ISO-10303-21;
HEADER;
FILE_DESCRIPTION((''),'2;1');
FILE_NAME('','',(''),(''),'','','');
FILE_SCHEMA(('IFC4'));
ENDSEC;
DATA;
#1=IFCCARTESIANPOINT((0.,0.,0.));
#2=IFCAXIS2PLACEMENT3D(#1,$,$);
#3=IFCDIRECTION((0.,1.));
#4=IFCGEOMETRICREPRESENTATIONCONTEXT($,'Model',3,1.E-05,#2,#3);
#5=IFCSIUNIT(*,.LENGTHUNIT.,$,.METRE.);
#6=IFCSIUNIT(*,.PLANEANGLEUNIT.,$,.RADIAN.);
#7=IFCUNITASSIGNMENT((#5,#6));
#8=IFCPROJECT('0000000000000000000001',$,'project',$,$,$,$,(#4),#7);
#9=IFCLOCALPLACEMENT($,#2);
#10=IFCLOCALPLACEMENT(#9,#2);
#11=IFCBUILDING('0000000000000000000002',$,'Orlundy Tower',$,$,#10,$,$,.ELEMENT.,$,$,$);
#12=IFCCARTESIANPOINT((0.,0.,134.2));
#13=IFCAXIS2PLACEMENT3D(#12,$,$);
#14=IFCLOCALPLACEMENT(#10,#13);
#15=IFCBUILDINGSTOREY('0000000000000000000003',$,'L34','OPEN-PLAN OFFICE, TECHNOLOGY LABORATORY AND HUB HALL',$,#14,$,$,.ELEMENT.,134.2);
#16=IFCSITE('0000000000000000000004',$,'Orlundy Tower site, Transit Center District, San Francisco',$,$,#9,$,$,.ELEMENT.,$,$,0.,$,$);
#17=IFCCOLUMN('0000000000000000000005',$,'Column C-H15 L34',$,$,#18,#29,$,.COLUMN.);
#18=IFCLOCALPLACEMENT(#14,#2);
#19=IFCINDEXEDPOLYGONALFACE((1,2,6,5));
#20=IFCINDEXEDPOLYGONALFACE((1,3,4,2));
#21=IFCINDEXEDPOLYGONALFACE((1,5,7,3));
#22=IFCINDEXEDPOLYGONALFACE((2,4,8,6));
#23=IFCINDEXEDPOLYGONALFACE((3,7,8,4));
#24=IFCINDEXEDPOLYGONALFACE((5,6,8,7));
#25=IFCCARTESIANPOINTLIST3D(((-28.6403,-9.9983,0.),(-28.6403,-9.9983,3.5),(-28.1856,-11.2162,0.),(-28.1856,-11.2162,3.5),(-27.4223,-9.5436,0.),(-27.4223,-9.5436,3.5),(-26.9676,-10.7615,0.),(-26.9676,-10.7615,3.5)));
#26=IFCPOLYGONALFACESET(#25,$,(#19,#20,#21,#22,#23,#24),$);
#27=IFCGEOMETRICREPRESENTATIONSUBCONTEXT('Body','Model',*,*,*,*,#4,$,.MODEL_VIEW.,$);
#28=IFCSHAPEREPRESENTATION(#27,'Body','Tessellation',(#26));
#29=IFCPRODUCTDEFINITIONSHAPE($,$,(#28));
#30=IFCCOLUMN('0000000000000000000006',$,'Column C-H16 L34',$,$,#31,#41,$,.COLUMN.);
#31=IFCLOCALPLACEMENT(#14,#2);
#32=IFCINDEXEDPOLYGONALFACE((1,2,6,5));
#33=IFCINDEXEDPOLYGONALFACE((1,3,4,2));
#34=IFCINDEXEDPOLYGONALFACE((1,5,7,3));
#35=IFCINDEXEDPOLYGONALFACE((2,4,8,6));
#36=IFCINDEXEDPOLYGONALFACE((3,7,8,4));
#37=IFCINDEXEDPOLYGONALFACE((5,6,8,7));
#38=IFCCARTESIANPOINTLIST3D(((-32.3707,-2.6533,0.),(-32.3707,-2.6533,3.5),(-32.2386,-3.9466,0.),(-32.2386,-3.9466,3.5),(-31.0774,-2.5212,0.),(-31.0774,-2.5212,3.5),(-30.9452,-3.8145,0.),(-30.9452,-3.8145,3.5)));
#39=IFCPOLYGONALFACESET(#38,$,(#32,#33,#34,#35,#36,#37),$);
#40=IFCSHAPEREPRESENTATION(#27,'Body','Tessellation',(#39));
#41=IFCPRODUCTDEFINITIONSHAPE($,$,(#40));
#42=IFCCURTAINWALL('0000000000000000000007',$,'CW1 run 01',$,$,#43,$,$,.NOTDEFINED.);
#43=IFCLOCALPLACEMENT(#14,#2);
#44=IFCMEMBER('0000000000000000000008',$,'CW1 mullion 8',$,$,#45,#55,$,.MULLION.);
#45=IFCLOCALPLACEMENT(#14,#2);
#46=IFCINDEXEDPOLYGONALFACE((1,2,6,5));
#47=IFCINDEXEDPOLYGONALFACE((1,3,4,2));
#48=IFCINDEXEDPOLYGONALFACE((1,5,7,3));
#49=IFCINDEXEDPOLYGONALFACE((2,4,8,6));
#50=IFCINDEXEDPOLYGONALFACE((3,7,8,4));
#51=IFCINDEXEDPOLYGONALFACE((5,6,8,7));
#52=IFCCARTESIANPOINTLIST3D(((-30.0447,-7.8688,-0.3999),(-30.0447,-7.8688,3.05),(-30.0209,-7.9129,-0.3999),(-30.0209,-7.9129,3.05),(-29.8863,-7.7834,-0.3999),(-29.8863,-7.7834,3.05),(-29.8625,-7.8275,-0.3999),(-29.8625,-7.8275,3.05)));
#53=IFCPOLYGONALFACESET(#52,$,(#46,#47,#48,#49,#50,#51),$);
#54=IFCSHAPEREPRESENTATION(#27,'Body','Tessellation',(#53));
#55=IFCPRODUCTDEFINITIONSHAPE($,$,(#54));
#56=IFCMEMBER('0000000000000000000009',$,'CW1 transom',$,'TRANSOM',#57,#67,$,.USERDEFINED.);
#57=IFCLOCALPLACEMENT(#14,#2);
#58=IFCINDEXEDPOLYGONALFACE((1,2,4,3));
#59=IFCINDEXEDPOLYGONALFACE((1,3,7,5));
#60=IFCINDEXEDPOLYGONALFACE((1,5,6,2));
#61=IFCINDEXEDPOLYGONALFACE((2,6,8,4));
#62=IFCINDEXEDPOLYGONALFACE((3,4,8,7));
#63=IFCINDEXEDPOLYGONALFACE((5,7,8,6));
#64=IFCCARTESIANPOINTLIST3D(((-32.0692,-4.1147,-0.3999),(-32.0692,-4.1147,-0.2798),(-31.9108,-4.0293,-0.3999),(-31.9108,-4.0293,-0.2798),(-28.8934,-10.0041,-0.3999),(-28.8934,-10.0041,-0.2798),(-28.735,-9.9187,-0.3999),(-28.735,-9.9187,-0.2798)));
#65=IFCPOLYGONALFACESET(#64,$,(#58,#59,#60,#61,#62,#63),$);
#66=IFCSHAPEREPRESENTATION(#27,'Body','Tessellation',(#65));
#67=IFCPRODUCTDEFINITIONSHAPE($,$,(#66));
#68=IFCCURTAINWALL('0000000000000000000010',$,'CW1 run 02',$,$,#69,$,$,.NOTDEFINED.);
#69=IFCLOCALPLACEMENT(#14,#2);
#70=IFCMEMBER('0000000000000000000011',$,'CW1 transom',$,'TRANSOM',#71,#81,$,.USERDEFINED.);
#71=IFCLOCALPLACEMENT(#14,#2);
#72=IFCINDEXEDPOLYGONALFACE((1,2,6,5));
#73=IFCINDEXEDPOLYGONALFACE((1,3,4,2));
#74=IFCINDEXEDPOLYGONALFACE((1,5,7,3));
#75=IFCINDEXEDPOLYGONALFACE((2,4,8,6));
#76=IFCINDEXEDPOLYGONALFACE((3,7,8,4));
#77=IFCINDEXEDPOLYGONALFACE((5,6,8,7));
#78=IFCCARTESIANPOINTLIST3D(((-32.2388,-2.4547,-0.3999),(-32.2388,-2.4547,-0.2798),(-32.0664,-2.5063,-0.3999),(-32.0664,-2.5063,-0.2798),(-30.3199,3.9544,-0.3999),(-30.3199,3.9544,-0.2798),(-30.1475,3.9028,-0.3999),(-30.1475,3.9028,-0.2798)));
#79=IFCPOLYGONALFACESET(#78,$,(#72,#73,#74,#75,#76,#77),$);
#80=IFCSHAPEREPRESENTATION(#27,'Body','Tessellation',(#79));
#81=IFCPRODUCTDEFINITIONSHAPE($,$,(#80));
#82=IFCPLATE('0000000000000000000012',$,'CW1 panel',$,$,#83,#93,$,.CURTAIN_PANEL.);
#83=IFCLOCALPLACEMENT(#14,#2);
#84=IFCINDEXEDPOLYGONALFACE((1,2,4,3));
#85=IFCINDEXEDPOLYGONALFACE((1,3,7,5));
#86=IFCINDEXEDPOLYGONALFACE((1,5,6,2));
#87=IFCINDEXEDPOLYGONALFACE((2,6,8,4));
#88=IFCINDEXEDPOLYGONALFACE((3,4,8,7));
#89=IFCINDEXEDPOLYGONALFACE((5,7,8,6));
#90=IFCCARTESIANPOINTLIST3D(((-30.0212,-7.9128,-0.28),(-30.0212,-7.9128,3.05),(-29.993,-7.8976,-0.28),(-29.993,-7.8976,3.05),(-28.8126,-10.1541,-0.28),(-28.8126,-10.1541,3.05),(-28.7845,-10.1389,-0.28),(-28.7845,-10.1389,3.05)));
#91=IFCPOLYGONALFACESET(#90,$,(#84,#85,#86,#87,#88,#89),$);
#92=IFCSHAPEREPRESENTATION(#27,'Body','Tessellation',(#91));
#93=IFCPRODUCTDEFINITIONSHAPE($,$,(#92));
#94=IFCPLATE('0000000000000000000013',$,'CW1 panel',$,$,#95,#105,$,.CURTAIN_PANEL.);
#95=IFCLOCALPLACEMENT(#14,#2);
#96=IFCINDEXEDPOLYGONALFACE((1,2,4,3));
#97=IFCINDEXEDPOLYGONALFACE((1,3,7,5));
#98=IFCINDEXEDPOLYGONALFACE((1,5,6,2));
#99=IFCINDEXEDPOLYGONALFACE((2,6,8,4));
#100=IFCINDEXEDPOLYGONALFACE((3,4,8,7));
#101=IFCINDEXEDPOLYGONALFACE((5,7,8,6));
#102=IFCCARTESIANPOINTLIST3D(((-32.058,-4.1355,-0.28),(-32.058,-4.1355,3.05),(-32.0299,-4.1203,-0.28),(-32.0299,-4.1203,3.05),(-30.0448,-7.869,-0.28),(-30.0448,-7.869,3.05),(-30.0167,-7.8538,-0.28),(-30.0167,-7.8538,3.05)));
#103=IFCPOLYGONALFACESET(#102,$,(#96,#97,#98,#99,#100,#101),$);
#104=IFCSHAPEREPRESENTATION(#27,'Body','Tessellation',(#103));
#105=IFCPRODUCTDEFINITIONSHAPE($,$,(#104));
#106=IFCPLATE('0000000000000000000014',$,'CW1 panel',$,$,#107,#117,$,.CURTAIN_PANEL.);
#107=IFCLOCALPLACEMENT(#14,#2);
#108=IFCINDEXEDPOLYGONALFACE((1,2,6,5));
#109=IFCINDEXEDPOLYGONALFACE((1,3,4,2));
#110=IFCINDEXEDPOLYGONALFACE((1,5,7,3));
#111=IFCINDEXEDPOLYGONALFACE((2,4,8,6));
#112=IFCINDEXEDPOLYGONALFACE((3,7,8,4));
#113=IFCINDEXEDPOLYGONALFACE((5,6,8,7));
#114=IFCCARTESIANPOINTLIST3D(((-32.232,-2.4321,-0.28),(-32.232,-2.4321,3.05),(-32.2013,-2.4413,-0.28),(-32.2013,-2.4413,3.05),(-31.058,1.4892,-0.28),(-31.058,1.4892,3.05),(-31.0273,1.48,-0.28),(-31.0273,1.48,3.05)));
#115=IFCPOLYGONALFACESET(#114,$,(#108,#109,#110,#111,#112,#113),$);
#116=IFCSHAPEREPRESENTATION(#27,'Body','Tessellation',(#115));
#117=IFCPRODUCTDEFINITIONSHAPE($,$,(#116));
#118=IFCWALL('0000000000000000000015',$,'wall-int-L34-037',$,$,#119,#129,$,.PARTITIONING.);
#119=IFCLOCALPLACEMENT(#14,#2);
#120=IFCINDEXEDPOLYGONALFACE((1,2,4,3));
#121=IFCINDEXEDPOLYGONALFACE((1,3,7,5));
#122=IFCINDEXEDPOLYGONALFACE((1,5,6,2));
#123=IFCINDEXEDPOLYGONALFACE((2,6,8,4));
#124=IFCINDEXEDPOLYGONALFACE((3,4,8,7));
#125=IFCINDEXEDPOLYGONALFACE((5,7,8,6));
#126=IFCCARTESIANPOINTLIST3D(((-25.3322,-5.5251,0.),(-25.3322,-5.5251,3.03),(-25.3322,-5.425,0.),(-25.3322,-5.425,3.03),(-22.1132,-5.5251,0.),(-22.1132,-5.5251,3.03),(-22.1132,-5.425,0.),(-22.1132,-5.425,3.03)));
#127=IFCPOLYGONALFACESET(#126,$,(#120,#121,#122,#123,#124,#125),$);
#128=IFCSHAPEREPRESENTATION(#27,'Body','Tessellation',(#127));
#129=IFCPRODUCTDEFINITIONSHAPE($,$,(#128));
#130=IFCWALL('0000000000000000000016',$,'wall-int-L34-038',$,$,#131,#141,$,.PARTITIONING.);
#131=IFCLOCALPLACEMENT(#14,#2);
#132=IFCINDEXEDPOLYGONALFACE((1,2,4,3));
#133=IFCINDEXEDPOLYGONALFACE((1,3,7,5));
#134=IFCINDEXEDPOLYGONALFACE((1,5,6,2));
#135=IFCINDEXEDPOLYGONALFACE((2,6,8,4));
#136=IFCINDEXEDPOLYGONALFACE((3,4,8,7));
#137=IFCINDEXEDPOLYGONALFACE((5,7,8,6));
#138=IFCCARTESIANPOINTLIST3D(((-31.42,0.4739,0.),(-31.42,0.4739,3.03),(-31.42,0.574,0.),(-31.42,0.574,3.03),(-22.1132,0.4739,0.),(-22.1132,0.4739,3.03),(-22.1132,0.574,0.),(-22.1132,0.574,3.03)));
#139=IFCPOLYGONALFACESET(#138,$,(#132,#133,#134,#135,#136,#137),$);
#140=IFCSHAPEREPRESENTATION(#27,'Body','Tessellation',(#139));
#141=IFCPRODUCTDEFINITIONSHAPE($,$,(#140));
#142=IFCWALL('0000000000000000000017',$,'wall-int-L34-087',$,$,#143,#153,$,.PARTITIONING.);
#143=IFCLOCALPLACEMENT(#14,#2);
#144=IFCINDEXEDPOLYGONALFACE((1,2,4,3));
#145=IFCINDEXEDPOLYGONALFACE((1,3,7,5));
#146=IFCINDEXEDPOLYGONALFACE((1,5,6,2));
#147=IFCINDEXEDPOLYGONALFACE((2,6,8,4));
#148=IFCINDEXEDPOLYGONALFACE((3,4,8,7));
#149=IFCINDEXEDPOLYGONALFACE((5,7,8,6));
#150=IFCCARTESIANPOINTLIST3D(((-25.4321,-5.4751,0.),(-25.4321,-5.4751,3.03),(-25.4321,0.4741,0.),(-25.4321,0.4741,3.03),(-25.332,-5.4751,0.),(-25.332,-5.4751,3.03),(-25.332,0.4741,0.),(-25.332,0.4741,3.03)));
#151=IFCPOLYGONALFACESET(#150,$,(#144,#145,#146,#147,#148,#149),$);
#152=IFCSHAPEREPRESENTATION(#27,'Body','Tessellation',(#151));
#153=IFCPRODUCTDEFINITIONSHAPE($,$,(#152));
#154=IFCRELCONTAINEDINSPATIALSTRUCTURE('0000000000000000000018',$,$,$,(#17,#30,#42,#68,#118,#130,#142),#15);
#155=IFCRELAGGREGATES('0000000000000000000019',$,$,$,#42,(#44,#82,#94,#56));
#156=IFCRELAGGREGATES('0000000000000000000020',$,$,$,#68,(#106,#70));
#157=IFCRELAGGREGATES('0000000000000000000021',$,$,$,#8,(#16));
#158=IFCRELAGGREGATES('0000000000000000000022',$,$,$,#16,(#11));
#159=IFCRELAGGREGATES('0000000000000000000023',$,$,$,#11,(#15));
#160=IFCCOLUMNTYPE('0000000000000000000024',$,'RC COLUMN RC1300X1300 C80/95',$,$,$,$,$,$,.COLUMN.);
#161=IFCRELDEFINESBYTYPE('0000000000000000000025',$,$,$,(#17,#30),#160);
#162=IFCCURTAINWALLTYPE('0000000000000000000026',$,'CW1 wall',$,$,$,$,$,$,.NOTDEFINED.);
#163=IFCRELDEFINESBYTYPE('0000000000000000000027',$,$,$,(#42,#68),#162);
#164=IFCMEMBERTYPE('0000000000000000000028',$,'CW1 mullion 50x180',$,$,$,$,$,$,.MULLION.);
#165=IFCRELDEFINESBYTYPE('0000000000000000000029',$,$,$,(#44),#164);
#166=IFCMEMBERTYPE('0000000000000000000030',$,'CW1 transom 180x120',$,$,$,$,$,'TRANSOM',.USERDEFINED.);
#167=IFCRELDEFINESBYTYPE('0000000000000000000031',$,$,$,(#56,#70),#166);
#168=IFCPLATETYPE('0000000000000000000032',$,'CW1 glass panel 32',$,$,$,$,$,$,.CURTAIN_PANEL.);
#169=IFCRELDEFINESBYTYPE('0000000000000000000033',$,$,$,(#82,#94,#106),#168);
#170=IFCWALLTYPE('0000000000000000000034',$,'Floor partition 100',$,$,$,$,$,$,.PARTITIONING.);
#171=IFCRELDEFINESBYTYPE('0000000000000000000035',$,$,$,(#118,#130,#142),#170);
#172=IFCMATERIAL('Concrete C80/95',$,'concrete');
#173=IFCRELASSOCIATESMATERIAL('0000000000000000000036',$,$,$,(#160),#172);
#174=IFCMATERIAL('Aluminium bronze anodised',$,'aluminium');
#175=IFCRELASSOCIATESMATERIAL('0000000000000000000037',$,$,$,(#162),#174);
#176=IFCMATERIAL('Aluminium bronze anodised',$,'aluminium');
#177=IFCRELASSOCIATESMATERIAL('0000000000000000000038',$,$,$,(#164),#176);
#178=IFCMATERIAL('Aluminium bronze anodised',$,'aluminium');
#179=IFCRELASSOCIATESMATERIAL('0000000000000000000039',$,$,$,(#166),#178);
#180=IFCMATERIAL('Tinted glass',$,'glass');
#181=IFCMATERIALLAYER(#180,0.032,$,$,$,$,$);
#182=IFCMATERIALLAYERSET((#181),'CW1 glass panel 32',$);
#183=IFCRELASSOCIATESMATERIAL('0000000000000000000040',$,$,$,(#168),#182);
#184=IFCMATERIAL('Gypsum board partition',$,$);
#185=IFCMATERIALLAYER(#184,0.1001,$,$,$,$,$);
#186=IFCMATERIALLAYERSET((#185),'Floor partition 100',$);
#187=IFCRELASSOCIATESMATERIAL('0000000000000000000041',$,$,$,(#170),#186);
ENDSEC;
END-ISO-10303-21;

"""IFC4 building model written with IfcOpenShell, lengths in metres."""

from ifc_helpers import new_model, si_unit, direction, frame, frame_2d, origin, origin_2d, place, context, subcontext, project, spatial, rectangle, extrude, material, layer, layer_set, material_profile, profile_set, type_object, element, aggregate, save


model = new_model("IFC4")

# Units and contexts
model_context = context("Model", 3, precision=1e-05, world=origin(), true_north=direction((0.0, 1.0)))
body_context = subcontext(model_context, "Body", "Model", "MODEL_VIEW")
ifc_project = project(units=[si_unit("LENGTHUNIT", "METRE"), si_unit("PLANEANGLEUNIT", "RADIAN")], contexts=[model_context])

# Site, building, storey
site_placement = place(None, origin())
site = spatial("IfcSite", under=ifc_project, at=site_placement, Name="Orlundy Tower site, Transit Center District, San Francisco", CompositionType="ELEMENT", RefElevation=0.0)
building_placement = place(site_placement, origin())
building = spatial("IfcBuilding", under=site, at=building_placement, Name="Orlundy Tower", CompositionType="ELEMENT")
storey_placement = place(building_placement, frame((0.0, 0.0, 134.2)))
storey = spatial("IfcBuildingStorey", under=building, at=storey_placement, Name="L34", Description="OPEN-PLAN OFFICE, TECHNOLOGY LABORATORY AND HUB HALL", CompositionType="ELEMENT", Elevation=134.2)

# Columns
ifc_material_1 = material(Name="Concrete C80/95", Category="concrete")
ifc_material_profile_1 = material_profile(ifc_material_1, rectangle(XDim=1.3, YDim=1.3, at=origin_2d()), Name="RC1300X1300")
ifc_profile_set_1 = profile_set([ifc_material_profile_1], Name="Concrete C80/95")
column_type = type_object("IfcColumnType", Name="RC COLUMN RC1300X1300 C80/95", PredefinedType="COLUMN", material=ifc_profile_set_1)
for number, where, z_axis, x_axis, name in (
    (1, (-27.804, -10.3799, 0.0), (0.0, 0.0, 1.0), (-0.936843, -0.34975, 0.0), "Column C-H15 L34"),
    (2, (-31.658, -3.2339, 0.0), (0.0, 0.0, 1.0), (-0.994822, -0.101629, 0.0), "Column C-H16 L34"),
):
    element("IfcColumn", number, at=place(storey_placement, frame(where, z_axis=z_axis, x_axis=x_axis)), inside=storey, type_object=column_type, Name=name, PredefinedType="COLUMN", context=body_context, shape_type="SweptSolid", body=[
        extrude(rectangle(XDim=1.3, YDim=1.3, at=origin_2d()), origin(), (0.0, 0.0, 1.0), 3.5),
    ])

# Curtain wall, members
ifc_material_2 = material(Name="Aluminium bronze anodised", Category="aluminium")
curtain_wall_type = type_object("IfcCurtainWallType", Name="CW1 wall", PredefinedType="NOTDEFINED", material=ifc_material_2)
curtain_wall_1_placement = place(storey_placement, origin())
curtain_wall_1 = element("IfcCurtainWall", 3, at=curtain_wall_1_placement, inside=storey, type_object=curtain_wall_type, Name="CW1 run 01", PredefinedType="NOTDEFINED")
ifc_material_3 = material(Name="Aluminium bronze anodised", Category="aluminium")
ifc_material_profile_2 = material_profile(ifc_material_3, rectangle(XDim=0.1799, YDim=0.05, at=origin_2d()), Name="CW1 mullion 50x180")
ifc_profile_set_2 = profile_set([ifc_material_profile_2], Name="Aluminium bronze anodised")
member_type_1 = type_object("IfcMemberType", Name="CW1 mullion 50x180", PredefinedType="MULLION", material=ifc_profile_set_2)
member_1_placement = place(storey_placement, frame((-29.9536, -7.8481, -0.3999), z_axis=(0.0, 0.0, 1.0), x_axis=(-0.880189, -0.474624, 0.0)))
member_1 = element("IfcMember", 4, at=member_1_placement, type_object=member_type_1, Name="CW1 mullion 8", PredefinedType="MULLION", context=body_context, shape_type="SweptSolid", body=[
    extrude(rectangle(XDim=0.1799, YDim=0.05, at=origin_2d()), origin(), (0.0, 0.0, 1.0), 3.45),
])
ifc_material_4 = material(Name="Aluminium bronze anodised", Category="aluminium")
ifc_material_profile_3 = material_profile(ifc_material_4, rectangle(XDim=0.1799, YDim=0.1201, at=origin_2d()), Name="CW1 transom 180x120")
ifc_profile_set_3 = profile_set([ifc_material_profile_3], Name="Aluminium bronze anodised")
member_type_2 = type_object("IfcMemberType", Name="CW1 transom 180x120", ElementType="TRANSOM", PredefinedType="USERDEFINED", material=ifc_profile_set_3)
member_2_placement = place(storey_placement, frame((-28.8142, -9.9614, -0.3398), z_axis=(-0.474628, 0.880186, 0.0), x_axis=(-0.880186, -0.474628, 0.0)))
member_2 = element("IfcMember", 5, at=member_2_placement, type_object=member_type_2, Name="CW1 transom", ObjectType="TRANSOM", PredefinedType="USERDEFINED", context=body_context, shape_type="SweptSolid", body=[
    extrude(rectangle(XDim=0.1799, YDim=0.1201, at=origin_2d()), origin(), (0.0, 0.0, 1.0), 6.6912),
])

# Curtain wall, member
curtain_wall_2_placement = place(storey_placement, origin())
curtain_wall_2 = element("IfcCurtainWall", 6, at=curtain_wall_2_placement, inside=storey, type_object=curtain_wall_type, Name="CW1 run 02", PredefinedType="NOTDEFINED")
member_3_placement = place(storey_placement, frame((-32.1526, -2.4805, -0.3398), z_axis=(0.286826, 0.957983, 0.0), x_axis=(-0.957983, 0.286826, 0.0)))
member_3 = element("IfcMember", 7, at=member_3_placement, type_object=member_type_2, Name="CW1 transom", ObjectType="TRANSOM", PredefinedType="USERDEFINED", context=body_context, shape_type="SweptSolid", body=[
    extrude(rectangle(XDim=0.1799, YDim=0.1201, at=origin_2d()), origin(), (0.0, 0.0, 1.0), 6.6902),
])

# Plates
ifc_material_5 = material(Name="Tinted glass", Category="glass")
ifc_layer_1 = layer(ifc_material_5, 0.032)
ifc_layer_set_1 = layer_set([ifc_layer_1], Name="CW1 glass panel 32")
plate_type = type_object("IfcPlateType", Name="CW1 glass panel 32", PredefinedType="CURTAIN_PANEL", material=ifc_layer_set_1)
plate_1_placement = place(storey_placement, frame((-29.4028, -9.0259, -0.28), z_axis=(0.0, 0.0, 1.0), x_axis=(-0.474624, 0.880189, 0.0)))
plate_1 = element("IfcPlate", 8, at=plate_1_placement, type_object=plate_type, Name="CW1 panel", PredefinedType="CURTAIN_PANEL", context=body_context, shape_type="SweptSolid", body=[
    extrude(rectangle(XDim=2.5464, YDim=0.032, at=origin_2d()), origin(), (0.0, 0.0, 1.0), 3.3301),
])
plate_2_placement = place(storey_placement, frame((-31.0374, -5.9946, -0.28), z_axis=(0.0, 0.0, 1.0), x_axis=(-0.474624, 0.880189, 0.0)))
plate_2 = element("IfcPlate", 9, at=plate_2_placement, type_object=plate_type, Name="CW1 panel", PredefinedType="CURTAIN_PANEL", context=body_context, shape_type="SweptSolid", body=[
    extrude(rectangle(XDim=4.2417, YDim=0.032, at=origin_2d()), origin(), (0.0, 0.0, 1.0), 3.3301),
])
aggregate(curtain_wall_1, [member_1, plate_1, plate_2, member_2])
plate_3_placement = place(storey_placement, frame((-31.6296, -0.4761, -0.28), z_axis=(0.0, 0.0, 1.0), x_axis=(0.286816, 0.957986, 0.0)))
plate_3 = element("IfcPlate", 10, at=plate_3_placement, type_object=plate_type, Name="CW1 panel", PredefinedType="CURTAIN_PANEL", context=body_context, shape_type="SweptSolid", body=[
    extrude(rectangle(XDim=4.0933, YDim=0.032, at=origin_2d()), origin(), (0.0, 0.0, 1.0), 3.3301),
])
aggregate(curtain_wall_2, [plate_3, member_3])

# Walls
ifc_material_6 = material(Name="Gypsum board partition")
ifc_layer_2 = layer(ifc_material_6, 0.1001)
ifc_layer_set_2 = layer_set([ifc_layer_2], Name="Floor partition 100")
wall_type_1 = type_object("IfcWallType", Name="Floor partition 100", PredefinedType="PARTITIONING", material=ifc_layer_set_2)
wall_1_placement = place(storey_placement, frame((-25.332, -5.4751, 0.0), z_axis=(0.0, 0.0, 1.0), x_axis=(1.0, 0.0, 0.0)))
element("IfcWall", 11, at=wall_1_placement, inside=storey, type_object=wall_type_1, Name="wall-int-L34-037", PredefinedType="PARTITIONING", context=body_context, shape_type="SweptSolid", body=[
    extrude(rectangle(XDim=3.219, YDim=0.1001, at=frame_2d((1.6094, 0.0))), origin(), (0.0, 0.0, 1.0), 3.03),
])
wall_2_placement = place(storey_placement, frame((-31.4199, 0.5239, 0.0), z_axis=(0.0, 0.0, 1.0), x_axis=(1.0, 0.0, 0.0)))
element("IfcWall", 12, at=wall_2_placement, inside=storey, type_object=wall_type_1, Name="wall-int-L34-038", PredefinedType="PARTITIONING", context=body_context, shape_type="SweptSolid", body=[
    extrude(rectangle(XDim=9.3069, YDim=0.1001, at=frame_2d((4.6533, 0.0))), origin(), (0.0, 0.0, 1.0), 3.03),
])
wall_3_placement = place(storey_placement, frame((-25.3821, -5.4751, 0.0), z_axis=(0.0, 0.0, 1.0), x_axis=(0.0, 1.0, 0.0)))
element("IfcWall", 13, at=wall_3_placement, inside=storey, type_object=wall_type_1, Name="wall-int-L34-087", PredefinedType="PARTITIONING", context=body_context, shape_type="SweptSolid", body=[
    extrude(rectangle(XDim=5.9492, YDim=0.1001, at=frame_2d((2.9746, 0.0))), origin(), (0.0, 0.0, 1.0), 3.03),
])

save(model, "model.ifc")
